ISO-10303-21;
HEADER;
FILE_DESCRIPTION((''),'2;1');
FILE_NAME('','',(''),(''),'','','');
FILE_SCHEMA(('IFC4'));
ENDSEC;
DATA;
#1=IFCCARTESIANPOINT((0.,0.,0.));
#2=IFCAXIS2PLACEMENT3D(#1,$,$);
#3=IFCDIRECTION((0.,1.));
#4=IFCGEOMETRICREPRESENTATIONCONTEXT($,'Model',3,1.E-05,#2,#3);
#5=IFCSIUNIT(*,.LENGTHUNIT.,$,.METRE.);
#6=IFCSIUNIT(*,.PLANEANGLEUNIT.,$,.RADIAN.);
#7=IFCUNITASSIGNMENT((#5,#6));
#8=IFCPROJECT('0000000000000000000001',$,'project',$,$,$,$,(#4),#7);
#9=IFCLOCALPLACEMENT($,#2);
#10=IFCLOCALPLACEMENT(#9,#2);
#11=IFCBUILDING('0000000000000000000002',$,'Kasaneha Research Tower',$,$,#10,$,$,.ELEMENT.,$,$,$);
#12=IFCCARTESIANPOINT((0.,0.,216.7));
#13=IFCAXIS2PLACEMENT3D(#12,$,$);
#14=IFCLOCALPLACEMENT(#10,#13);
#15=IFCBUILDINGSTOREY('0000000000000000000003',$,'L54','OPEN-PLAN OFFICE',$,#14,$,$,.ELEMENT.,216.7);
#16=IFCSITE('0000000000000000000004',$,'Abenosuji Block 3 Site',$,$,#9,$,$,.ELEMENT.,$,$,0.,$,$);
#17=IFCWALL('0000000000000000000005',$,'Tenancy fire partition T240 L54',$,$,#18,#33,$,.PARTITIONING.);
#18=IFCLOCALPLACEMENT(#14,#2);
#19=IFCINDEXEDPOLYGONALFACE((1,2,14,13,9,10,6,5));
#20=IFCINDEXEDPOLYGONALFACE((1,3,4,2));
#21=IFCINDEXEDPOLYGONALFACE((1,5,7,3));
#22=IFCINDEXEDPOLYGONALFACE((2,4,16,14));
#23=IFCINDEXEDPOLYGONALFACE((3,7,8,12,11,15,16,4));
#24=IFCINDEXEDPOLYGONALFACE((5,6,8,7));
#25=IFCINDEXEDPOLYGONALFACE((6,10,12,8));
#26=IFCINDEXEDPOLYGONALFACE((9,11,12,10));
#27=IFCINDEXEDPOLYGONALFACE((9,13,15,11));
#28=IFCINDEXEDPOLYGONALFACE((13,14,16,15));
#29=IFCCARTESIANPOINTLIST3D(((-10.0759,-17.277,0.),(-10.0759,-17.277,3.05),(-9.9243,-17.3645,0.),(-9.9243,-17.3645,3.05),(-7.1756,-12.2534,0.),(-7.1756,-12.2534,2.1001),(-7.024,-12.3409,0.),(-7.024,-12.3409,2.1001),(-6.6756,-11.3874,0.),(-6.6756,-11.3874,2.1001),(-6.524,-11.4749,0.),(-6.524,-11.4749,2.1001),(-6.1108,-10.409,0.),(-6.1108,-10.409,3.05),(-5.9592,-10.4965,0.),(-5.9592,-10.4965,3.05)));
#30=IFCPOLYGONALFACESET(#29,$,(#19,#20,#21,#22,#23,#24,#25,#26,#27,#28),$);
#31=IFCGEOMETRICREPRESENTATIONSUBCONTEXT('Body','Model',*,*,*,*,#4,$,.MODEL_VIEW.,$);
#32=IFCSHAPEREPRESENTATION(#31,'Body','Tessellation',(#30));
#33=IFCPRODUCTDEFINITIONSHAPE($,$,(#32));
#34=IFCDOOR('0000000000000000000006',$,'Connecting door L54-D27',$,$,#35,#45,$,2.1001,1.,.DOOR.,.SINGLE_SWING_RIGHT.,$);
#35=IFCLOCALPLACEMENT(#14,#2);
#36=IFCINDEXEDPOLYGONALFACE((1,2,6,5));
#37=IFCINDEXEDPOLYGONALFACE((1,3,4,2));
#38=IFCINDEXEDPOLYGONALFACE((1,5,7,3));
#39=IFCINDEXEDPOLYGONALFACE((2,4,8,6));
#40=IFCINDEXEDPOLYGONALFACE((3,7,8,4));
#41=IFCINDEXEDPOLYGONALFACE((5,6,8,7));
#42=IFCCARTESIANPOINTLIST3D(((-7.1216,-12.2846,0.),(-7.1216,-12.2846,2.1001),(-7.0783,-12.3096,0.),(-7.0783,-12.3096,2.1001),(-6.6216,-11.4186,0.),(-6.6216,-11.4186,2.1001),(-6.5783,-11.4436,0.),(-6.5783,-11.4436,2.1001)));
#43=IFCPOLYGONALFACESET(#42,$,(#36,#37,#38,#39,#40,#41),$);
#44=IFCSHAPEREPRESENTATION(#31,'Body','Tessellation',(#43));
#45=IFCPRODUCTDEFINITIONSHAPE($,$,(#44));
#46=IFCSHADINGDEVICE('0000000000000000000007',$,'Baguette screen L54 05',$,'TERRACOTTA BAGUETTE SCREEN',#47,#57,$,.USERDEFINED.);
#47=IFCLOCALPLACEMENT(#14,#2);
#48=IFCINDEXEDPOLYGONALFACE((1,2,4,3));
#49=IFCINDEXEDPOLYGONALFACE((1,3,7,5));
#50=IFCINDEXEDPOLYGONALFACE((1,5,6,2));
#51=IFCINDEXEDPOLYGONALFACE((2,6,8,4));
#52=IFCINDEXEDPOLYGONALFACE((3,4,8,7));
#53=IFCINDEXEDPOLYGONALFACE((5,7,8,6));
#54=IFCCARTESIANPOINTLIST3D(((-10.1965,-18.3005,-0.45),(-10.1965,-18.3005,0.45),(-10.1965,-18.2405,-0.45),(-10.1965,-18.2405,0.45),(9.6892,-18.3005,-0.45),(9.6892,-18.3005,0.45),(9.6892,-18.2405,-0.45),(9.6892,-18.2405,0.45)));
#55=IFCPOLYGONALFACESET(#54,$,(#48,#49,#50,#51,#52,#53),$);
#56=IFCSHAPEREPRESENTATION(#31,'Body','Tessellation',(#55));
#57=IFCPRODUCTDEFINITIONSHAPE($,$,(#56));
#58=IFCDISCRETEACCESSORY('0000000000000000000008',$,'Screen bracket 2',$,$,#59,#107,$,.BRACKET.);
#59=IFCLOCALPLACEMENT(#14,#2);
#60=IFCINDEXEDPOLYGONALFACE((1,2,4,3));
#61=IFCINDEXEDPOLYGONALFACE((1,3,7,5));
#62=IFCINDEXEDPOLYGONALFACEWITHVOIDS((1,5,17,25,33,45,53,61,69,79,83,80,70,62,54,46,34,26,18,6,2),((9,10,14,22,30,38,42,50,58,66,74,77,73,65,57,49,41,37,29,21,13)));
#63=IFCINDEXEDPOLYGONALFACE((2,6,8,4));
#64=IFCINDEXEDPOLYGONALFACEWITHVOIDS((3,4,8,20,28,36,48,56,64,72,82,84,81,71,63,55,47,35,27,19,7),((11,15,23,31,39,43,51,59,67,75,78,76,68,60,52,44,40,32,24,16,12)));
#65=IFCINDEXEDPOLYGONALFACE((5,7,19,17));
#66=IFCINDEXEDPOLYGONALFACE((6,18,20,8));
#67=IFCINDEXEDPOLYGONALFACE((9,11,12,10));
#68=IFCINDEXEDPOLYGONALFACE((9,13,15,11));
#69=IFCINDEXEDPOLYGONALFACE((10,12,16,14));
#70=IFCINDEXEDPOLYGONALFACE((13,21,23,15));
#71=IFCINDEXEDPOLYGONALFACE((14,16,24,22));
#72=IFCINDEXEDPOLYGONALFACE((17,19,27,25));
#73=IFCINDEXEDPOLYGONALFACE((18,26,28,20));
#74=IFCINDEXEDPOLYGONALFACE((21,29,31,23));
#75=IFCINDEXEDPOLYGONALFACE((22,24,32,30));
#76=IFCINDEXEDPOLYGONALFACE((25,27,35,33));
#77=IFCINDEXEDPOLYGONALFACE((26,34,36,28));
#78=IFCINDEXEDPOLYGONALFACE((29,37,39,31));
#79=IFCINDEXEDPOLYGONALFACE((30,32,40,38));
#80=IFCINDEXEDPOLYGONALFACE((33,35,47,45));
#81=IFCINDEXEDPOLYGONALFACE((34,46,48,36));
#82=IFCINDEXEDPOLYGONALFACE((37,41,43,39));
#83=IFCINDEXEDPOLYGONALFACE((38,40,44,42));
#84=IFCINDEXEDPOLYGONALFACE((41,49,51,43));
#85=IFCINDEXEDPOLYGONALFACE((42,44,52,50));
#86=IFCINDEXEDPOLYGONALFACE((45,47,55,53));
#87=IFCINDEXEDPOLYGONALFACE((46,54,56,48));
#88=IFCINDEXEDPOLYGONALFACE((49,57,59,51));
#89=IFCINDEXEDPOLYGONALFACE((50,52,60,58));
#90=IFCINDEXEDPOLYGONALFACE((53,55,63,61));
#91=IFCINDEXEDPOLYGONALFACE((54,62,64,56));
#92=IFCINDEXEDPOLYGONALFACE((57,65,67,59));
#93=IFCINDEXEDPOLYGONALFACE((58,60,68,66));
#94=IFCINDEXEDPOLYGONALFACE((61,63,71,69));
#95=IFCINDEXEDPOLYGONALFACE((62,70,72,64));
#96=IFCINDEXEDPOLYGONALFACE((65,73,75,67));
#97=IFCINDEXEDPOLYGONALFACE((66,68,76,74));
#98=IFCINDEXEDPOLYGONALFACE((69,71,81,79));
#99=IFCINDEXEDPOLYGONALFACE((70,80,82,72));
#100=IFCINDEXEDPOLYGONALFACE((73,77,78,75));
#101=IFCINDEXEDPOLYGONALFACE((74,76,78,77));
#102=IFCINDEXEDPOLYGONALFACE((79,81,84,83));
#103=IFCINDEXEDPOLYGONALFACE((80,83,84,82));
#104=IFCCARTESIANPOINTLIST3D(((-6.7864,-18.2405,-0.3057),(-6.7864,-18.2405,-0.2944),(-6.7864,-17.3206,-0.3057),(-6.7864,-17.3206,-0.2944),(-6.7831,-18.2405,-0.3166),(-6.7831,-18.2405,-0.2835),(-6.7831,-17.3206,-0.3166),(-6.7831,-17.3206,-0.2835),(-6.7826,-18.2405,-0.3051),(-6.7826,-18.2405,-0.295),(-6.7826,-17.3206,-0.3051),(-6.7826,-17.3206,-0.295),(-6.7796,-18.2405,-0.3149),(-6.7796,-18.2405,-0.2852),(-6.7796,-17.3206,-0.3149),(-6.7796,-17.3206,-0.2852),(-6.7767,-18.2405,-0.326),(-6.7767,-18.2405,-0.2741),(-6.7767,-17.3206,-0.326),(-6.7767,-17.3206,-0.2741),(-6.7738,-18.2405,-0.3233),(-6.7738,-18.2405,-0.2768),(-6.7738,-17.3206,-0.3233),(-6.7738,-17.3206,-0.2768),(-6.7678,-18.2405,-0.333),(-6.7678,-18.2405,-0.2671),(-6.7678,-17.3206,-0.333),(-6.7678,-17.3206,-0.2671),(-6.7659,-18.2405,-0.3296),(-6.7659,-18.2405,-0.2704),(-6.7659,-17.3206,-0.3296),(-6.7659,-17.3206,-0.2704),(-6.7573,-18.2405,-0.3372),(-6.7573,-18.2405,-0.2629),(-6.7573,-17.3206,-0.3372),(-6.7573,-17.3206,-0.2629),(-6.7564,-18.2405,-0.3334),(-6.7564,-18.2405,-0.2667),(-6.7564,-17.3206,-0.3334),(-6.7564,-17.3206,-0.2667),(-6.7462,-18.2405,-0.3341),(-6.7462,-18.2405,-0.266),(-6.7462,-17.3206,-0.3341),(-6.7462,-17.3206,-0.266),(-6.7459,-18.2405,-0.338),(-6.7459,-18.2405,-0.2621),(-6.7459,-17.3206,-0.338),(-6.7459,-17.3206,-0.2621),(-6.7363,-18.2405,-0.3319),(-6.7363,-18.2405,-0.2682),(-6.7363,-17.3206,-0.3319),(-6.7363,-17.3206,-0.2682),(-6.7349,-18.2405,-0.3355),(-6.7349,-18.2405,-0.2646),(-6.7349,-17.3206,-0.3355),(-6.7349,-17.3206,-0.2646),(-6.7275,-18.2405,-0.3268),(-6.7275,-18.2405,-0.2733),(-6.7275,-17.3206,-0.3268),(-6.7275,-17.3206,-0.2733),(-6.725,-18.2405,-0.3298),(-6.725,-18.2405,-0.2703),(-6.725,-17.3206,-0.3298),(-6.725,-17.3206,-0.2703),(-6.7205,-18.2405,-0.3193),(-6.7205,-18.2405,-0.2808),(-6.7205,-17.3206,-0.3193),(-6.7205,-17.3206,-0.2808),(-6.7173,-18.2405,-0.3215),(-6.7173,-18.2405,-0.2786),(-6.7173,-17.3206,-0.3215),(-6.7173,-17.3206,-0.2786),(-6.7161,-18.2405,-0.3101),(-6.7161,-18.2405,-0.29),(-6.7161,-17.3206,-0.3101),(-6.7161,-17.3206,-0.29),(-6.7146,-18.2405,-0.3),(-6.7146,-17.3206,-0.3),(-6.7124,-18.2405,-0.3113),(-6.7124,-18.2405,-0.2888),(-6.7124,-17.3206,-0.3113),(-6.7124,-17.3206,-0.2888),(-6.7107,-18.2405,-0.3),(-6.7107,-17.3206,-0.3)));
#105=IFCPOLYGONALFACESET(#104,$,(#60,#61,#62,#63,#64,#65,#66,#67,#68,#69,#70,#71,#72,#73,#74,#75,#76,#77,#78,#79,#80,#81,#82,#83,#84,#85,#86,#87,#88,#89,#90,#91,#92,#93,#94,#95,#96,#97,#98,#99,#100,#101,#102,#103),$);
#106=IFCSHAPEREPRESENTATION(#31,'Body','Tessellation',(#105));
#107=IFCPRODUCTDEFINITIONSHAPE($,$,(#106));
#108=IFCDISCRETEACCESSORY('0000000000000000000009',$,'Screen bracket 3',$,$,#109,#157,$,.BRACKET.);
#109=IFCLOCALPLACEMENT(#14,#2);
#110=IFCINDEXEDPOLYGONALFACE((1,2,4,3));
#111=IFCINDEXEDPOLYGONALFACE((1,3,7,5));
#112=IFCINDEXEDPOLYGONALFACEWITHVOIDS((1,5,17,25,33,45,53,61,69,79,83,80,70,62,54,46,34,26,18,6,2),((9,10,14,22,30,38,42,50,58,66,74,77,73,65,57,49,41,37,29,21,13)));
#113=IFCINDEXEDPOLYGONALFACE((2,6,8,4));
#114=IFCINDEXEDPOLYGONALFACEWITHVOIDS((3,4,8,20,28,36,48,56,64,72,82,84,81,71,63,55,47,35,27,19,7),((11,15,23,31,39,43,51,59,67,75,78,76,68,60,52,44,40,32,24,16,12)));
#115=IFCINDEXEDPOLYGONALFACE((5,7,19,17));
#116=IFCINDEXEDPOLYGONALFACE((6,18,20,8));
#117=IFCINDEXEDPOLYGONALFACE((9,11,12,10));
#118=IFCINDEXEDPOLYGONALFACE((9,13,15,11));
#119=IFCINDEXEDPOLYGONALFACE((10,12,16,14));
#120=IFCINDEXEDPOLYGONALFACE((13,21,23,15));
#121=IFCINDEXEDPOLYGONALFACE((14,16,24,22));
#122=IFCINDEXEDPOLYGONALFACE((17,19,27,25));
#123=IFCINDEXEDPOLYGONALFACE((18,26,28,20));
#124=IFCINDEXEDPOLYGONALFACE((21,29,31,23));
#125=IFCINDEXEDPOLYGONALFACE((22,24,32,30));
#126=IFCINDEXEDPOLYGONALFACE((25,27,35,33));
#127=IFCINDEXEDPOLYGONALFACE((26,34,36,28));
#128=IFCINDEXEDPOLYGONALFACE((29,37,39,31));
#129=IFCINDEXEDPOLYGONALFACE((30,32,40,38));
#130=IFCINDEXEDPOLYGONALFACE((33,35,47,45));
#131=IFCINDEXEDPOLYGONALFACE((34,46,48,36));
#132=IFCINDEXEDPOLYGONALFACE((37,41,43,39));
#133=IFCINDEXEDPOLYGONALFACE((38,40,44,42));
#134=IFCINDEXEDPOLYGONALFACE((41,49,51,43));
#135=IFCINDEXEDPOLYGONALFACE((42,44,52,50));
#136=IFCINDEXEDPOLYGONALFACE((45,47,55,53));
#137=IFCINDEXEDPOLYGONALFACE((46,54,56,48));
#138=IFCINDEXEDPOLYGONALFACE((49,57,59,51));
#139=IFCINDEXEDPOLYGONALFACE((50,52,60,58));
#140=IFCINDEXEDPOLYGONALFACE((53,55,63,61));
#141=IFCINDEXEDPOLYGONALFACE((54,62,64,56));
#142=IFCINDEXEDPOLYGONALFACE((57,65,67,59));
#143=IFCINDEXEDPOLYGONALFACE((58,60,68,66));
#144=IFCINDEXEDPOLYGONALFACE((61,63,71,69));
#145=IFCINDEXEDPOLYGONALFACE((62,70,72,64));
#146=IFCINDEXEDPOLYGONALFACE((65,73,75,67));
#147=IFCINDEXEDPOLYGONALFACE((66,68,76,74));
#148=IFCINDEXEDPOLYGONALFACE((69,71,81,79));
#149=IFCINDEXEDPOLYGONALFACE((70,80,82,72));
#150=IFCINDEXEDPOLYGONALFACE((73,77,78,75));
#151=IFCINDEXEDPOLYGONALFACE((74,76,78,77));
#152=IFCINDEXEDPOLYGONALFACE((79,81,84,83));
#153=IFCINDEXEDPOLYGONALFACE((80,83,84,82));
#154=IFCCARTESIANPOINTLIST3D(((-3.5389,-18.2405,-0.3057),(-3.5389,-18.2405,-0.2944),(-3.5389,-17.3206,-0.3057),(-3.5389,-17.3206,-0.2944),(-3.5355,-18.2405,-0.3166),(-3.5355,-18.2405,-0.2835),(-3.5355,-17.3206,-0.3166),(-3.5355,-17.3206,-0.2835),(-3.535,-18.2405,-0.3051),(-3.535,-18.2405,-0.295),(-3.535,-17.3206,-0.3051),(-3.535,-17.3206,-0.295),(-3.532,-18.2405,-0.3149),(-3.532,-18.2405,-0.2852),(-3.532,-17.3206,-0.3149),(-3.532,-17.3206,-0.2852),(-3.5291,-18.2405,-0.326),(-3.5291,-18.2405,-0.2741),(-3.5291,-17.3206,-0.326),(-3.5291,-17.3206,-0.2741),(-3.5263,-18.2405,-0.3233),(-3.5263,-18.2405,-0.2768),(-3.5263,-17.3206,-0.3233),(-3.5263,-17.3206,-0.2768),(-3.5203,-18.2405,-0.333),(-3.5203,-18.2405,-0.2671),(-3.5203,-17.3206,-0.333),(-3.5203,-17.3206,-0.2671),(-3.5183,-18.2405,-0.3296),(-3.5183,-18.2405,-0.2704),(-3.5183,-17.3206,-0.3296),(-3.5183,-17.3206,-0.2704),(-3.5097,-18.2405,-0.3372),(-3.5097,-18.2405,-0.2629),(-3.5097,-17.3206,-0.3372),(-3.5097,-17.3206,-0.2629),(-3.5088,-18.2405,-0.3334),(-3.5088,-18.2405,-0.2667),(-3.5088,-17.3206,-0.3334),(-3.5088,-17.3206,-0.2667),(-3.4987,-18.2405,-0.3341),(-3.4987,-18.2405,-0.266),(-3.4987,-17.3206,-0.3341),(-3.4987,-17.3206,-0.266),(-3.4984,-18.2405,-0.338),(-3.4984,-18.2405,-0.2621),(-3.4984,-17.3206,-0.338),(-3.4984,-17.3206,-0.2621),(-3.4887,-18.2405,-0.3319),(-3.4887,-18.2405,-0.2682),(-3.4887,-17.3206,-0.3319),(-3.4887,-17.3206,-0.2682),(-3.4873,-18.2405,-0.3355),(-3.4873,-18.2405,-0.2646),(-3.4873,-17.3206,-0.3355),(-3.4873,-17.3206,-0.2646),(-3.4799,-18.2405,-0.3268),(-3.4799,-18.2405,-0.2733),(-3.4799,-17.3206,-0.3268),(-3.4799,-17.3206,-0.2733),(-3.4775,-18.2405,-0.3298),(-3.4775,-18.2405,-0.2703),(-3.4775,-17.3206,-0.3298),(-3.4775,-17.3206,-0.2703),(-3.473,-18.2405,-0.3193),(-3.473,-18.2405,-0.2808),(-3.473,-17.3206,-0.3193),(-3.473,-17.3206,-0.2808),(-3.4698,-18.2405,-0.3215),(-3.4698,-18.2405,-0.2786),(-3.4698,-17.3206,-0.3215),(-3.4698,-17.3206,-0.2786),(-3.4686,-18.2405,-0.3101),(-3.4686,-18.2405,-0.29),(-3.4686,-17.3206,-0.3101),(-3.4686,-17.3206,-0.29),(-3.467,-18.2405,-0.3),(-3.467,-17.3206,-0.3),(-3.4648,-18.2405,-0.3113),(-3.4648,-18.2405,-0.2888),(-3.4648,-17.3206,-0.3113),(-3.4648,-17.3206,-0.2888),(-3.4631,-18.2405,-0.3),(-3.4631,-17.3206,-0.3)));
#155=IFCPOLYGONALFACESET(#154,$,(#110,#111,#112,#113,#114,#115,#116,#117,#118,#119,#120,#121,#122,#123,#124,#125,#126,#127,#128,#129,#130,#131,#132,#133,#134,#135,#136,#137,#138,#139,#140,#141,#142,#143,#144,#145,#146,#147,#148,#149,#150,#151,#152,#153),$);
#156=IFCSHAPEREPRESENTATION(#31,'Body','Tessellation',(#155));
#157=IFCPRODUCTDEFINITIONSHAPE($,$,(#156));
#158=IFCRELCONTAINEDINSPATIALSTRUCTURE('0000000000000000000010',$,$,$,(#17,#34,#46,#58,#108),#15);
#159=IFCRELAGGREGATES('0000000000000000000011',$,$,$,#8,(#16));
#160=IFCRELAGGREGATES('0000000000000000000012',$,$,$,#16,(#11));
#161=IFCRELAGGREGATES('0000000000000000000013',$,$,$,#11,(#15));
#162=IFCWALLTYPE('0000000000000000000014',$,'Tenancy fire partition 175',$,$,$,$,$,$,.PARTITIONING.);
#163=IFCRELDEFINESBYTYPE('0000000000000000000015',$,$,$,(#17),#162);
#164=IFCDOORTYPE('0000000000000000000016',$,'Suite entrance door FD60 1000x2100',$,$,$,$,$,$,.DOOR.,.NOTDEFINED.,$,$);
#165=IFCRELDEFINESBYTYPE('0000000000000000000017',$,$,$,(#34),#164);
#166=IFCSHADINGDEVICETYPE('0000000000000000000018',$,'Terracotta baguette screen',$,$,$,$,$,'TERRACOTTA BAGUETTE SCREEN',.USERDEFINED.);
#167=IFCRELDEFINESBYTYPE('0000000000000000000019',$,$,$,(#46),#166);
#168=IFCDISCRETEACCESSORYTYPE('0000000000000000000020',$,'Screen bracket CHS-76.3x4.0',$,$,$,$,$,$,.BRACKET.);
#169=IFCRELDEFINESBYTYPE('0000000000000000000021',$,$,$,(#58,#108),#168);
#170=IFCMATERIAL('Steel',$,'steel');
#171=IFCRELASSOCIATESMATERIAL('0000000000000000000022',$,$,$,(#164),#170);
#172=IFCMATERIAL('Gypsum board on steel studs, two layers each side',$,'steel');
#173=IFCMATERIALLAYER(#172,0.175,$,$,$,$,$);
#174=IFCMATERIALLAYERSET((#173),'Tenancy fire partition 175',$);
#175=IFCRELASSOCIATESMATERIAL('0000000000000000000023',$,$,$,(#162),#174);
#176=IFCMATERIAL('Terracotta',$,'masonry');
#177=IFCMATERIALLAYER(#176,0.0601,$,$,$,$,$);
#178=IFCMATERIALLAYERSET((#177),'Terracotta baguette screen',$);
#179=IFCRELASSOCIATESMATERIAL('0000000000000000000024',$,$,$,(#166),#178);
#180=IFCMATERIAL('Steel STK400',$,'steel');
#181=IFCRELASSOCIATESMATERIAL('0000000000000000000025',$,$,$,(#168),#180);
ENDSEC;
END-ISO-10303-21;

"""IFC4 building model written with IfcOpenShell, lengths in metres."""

from ifc_helpers import new_model, si_unit, direction, frame, frame_2d, origin, origin_2d, place, context, subcontext, project, spatial, rectangle, hollow_circle, extrude, material, layer, layer_set, material_profile, profile_set, type_object, element, fill, save


model = new_model("IFC4")

# Units and contexts
model_context = context("Model", 3, precision=1e-05, world=origin(), true_north=direction((0.0, 1.0)))
body_context = subcontext(model_context, "Body", "Model", "MODEL_VIEW")
ifc_project = project(units=[si_unit("LENGTHUNIT", "METRE"), si_unit("PLANEANGLEUNIT", "RADIAN")], contexts=[model_context])

# Site, building, storey
site_placement = place(None, origin())
site = spatial("IfcSite", under=ifc_project, at=site_placement, Name="Abenosuji Block 3 Site", CompositionType="ELEMENT", RefElevation=0.0)
building_placement = place(site_placement, origin())
building = spatial("IfcBuilding", under=site, at=building_placement, Name="Kasaneha Research Tower", CompositionType="ELEMENT")
storey_placement = place(building_placement, frame((0.0, 0.0, 216.7)))
storey = spatial("IfcBuildingStorey", under=building, at=storey_placement, Name="L54", Description="OPEN-PLAN OFFICE", CompositionType="ELEMENT", Elevation=216.7)

# Shared definitions
ifc_material_1 = material(Name="Steel", Category="steel")
door_type_1 = type_object("IfcDoorType", Name="Suite entrance door FD60 1000x2100", OperationType="NOTDEFINED", PredefinedType="DOOR", material=ifc_material_1)

# Wall, opening, door
ifc_material_2 = material(Name="Gypsum board on steel studs, two layers each side", Category="steel")
ifc_layer_1 = layer(ifc_material_2, 0.175)
ifc_layer_set_1 = layer_set([ifc_layer_1], Name="Tenancy fire partition 175")
wall_type_1 = type_object("IfcWallType", Name="Tenancy fire partition 175", PredefinedType="PARTITIONING", material=ifc_layer_set_1)
wall_1_placement = place(storey_placement, frame((-6.0349, -10.4526, 0.0), z_axis=(0.0, 0.0, 1.0), x_axis=(-0.49999, -0.866031, 0.0)))
wall_1 = element("IfcWall", 1, at=wall_1_placement, inside=storey, type_object=wall_type_1, Name="Tenancy fire partition T240 L54", PredefinedType="PARTITIONING", context=body_context, shape_type="SweptSolid", body=[
    extrude(rectangle(XDim=7.9304, YDim=0.175, at=frame_2d((3.9653, 0.0))), origin(), (0.0, 0.0, 1.0), 3.05),
])
opening_1_placement = place(wall_1_placement, frame((1.1299, 0.0, 0.0)))
opening_1 = element("IfcOpeningElement", 2, at=opening_1_placement, cuts=wall_1, PredefinedType="OPENING", context=body_context, shape_type="SweptSolid", body=[
    extrude(rectangle(XDim=1.0, YDim=2.1001, at=frame_2d((0.5, 1.05))), frame((0.0, 0.0977, 0.0), z_axis=(0.0, -1.0, 0.0), x_axis=(1.0, 0.0, 0.0)), (0.0, 0.0, 1.0), 0.1951),
])
door_1_placement = place(opening_1_placement, origin())
door_1 = element("IfcDoor", 3, at=door_1_placement, inside=storey, type_object=door_type_1, Name="Connecting door L54-D27", OperationType="SINGLE_SWING_RIGHT", OverallHeight=2.1001, OverallWidth=1.0, PredefinedType="DOOR", context=body_context, shape_type="SweptSolid", body=[
    extrude(rectangle(XDim=1.0, YDim=2.1001, at=frame_2d((0.5, 1.05))), frame((0.0, 0.0249, 0.0), z_axis=(0.0, -1.0, 0.0), x_axis=(1.0, 0.0, 0.0)), (0.0, 0.0, 1.0), 0.05),
])
fill(opening_1, door_1)

# Shading device
ifc_material_3 = material(Name="Terracotta", Category="masonry")
ifc_layer_2 = layer(ifc_material_3, 0.0601)
ifc_layer_set_2 = layer_set([ifc_layer_2], Name="Terracotta baguette screen")
shading_device_type = type_object("IfcShadingDeviceType", Name="Terracotta baguette screen", ElementType="TERRACOTTA BAGUETTE SCREEN", PredefinedType="USERDEFINED", material=ifc_layer_set_2)
shading_device_placement = place(storey_placement, frame((-0.2537, -18.2705, -0.45), z_axis=(0.0, 0.0, 1.0), x_axis=(1.0, 0.0, 0.0)))
element("IfcShadingDevice", 4, at=shading_device_placement, inside=storey, type_object=shading_device_type, Name="Baguette screen L54 05", ObjectType="TERRACOTTA BAGUETTE SCREEN", PredefinedType="USERDEFINED", context=body_context, shape_type="SweptSolid", body=[
    extrude(rectangle(XDim=19.8857, YDim=0.0601, at=origin_2d()), origin(), (0.0, 0.0, 1.0), 0.8999),
])

# Discrete accessories
ifc_material_4 = material(Name="Steel STK400", Category="steel")
ifc_material_profile_1 = material_profile(ifc_material_4, hollow_circle(Radius=0.0381, WallThickness=0.0039, at=origin_2d()), Name="CHS-76.3x4.0")
ifc_profile_set_1 = profile_set([ifc_material_profile_1], Name="Steel STK400")
discrete_accessory_type = type_object("IfcDiscreteAccessoryType", Name="Screen bracket CHS-76.3x4.0", PredefinedType="BRACKET", material=ifc_profile_set_1)
for number, where, z_axis, x_axis, name in (
    (5, (-6.7488, -17.3206, -0.3), (0.0, -1.0, 0.0), (1.0, 0.0, 0.0), "Screen bracket 2"),
    (6, (-3.5012, -17.3206, -0.3), (0.0, -1.0, 0.0), (1.0, 0.0, 0.0), "Screen bracket 3"),
):
    element("IfcDiscreteAccessory", number, at=place(storey_placement, frame(where, z_axis=z_axis, x_axis=x_axis)), inside=storey, type_object=discrete_accessory_type, Name=name, PredefinedType="BRACKET", context=body_context, shape_type="SweptSolid", body=[
        extrude(hollow_circle(Radius=0.0381, WallThickness=0.0039, at=origin_2d()), origin(), (0.0, 0.0, 1.0), 0.9199),
    ])

save(model, "model.ifc")
